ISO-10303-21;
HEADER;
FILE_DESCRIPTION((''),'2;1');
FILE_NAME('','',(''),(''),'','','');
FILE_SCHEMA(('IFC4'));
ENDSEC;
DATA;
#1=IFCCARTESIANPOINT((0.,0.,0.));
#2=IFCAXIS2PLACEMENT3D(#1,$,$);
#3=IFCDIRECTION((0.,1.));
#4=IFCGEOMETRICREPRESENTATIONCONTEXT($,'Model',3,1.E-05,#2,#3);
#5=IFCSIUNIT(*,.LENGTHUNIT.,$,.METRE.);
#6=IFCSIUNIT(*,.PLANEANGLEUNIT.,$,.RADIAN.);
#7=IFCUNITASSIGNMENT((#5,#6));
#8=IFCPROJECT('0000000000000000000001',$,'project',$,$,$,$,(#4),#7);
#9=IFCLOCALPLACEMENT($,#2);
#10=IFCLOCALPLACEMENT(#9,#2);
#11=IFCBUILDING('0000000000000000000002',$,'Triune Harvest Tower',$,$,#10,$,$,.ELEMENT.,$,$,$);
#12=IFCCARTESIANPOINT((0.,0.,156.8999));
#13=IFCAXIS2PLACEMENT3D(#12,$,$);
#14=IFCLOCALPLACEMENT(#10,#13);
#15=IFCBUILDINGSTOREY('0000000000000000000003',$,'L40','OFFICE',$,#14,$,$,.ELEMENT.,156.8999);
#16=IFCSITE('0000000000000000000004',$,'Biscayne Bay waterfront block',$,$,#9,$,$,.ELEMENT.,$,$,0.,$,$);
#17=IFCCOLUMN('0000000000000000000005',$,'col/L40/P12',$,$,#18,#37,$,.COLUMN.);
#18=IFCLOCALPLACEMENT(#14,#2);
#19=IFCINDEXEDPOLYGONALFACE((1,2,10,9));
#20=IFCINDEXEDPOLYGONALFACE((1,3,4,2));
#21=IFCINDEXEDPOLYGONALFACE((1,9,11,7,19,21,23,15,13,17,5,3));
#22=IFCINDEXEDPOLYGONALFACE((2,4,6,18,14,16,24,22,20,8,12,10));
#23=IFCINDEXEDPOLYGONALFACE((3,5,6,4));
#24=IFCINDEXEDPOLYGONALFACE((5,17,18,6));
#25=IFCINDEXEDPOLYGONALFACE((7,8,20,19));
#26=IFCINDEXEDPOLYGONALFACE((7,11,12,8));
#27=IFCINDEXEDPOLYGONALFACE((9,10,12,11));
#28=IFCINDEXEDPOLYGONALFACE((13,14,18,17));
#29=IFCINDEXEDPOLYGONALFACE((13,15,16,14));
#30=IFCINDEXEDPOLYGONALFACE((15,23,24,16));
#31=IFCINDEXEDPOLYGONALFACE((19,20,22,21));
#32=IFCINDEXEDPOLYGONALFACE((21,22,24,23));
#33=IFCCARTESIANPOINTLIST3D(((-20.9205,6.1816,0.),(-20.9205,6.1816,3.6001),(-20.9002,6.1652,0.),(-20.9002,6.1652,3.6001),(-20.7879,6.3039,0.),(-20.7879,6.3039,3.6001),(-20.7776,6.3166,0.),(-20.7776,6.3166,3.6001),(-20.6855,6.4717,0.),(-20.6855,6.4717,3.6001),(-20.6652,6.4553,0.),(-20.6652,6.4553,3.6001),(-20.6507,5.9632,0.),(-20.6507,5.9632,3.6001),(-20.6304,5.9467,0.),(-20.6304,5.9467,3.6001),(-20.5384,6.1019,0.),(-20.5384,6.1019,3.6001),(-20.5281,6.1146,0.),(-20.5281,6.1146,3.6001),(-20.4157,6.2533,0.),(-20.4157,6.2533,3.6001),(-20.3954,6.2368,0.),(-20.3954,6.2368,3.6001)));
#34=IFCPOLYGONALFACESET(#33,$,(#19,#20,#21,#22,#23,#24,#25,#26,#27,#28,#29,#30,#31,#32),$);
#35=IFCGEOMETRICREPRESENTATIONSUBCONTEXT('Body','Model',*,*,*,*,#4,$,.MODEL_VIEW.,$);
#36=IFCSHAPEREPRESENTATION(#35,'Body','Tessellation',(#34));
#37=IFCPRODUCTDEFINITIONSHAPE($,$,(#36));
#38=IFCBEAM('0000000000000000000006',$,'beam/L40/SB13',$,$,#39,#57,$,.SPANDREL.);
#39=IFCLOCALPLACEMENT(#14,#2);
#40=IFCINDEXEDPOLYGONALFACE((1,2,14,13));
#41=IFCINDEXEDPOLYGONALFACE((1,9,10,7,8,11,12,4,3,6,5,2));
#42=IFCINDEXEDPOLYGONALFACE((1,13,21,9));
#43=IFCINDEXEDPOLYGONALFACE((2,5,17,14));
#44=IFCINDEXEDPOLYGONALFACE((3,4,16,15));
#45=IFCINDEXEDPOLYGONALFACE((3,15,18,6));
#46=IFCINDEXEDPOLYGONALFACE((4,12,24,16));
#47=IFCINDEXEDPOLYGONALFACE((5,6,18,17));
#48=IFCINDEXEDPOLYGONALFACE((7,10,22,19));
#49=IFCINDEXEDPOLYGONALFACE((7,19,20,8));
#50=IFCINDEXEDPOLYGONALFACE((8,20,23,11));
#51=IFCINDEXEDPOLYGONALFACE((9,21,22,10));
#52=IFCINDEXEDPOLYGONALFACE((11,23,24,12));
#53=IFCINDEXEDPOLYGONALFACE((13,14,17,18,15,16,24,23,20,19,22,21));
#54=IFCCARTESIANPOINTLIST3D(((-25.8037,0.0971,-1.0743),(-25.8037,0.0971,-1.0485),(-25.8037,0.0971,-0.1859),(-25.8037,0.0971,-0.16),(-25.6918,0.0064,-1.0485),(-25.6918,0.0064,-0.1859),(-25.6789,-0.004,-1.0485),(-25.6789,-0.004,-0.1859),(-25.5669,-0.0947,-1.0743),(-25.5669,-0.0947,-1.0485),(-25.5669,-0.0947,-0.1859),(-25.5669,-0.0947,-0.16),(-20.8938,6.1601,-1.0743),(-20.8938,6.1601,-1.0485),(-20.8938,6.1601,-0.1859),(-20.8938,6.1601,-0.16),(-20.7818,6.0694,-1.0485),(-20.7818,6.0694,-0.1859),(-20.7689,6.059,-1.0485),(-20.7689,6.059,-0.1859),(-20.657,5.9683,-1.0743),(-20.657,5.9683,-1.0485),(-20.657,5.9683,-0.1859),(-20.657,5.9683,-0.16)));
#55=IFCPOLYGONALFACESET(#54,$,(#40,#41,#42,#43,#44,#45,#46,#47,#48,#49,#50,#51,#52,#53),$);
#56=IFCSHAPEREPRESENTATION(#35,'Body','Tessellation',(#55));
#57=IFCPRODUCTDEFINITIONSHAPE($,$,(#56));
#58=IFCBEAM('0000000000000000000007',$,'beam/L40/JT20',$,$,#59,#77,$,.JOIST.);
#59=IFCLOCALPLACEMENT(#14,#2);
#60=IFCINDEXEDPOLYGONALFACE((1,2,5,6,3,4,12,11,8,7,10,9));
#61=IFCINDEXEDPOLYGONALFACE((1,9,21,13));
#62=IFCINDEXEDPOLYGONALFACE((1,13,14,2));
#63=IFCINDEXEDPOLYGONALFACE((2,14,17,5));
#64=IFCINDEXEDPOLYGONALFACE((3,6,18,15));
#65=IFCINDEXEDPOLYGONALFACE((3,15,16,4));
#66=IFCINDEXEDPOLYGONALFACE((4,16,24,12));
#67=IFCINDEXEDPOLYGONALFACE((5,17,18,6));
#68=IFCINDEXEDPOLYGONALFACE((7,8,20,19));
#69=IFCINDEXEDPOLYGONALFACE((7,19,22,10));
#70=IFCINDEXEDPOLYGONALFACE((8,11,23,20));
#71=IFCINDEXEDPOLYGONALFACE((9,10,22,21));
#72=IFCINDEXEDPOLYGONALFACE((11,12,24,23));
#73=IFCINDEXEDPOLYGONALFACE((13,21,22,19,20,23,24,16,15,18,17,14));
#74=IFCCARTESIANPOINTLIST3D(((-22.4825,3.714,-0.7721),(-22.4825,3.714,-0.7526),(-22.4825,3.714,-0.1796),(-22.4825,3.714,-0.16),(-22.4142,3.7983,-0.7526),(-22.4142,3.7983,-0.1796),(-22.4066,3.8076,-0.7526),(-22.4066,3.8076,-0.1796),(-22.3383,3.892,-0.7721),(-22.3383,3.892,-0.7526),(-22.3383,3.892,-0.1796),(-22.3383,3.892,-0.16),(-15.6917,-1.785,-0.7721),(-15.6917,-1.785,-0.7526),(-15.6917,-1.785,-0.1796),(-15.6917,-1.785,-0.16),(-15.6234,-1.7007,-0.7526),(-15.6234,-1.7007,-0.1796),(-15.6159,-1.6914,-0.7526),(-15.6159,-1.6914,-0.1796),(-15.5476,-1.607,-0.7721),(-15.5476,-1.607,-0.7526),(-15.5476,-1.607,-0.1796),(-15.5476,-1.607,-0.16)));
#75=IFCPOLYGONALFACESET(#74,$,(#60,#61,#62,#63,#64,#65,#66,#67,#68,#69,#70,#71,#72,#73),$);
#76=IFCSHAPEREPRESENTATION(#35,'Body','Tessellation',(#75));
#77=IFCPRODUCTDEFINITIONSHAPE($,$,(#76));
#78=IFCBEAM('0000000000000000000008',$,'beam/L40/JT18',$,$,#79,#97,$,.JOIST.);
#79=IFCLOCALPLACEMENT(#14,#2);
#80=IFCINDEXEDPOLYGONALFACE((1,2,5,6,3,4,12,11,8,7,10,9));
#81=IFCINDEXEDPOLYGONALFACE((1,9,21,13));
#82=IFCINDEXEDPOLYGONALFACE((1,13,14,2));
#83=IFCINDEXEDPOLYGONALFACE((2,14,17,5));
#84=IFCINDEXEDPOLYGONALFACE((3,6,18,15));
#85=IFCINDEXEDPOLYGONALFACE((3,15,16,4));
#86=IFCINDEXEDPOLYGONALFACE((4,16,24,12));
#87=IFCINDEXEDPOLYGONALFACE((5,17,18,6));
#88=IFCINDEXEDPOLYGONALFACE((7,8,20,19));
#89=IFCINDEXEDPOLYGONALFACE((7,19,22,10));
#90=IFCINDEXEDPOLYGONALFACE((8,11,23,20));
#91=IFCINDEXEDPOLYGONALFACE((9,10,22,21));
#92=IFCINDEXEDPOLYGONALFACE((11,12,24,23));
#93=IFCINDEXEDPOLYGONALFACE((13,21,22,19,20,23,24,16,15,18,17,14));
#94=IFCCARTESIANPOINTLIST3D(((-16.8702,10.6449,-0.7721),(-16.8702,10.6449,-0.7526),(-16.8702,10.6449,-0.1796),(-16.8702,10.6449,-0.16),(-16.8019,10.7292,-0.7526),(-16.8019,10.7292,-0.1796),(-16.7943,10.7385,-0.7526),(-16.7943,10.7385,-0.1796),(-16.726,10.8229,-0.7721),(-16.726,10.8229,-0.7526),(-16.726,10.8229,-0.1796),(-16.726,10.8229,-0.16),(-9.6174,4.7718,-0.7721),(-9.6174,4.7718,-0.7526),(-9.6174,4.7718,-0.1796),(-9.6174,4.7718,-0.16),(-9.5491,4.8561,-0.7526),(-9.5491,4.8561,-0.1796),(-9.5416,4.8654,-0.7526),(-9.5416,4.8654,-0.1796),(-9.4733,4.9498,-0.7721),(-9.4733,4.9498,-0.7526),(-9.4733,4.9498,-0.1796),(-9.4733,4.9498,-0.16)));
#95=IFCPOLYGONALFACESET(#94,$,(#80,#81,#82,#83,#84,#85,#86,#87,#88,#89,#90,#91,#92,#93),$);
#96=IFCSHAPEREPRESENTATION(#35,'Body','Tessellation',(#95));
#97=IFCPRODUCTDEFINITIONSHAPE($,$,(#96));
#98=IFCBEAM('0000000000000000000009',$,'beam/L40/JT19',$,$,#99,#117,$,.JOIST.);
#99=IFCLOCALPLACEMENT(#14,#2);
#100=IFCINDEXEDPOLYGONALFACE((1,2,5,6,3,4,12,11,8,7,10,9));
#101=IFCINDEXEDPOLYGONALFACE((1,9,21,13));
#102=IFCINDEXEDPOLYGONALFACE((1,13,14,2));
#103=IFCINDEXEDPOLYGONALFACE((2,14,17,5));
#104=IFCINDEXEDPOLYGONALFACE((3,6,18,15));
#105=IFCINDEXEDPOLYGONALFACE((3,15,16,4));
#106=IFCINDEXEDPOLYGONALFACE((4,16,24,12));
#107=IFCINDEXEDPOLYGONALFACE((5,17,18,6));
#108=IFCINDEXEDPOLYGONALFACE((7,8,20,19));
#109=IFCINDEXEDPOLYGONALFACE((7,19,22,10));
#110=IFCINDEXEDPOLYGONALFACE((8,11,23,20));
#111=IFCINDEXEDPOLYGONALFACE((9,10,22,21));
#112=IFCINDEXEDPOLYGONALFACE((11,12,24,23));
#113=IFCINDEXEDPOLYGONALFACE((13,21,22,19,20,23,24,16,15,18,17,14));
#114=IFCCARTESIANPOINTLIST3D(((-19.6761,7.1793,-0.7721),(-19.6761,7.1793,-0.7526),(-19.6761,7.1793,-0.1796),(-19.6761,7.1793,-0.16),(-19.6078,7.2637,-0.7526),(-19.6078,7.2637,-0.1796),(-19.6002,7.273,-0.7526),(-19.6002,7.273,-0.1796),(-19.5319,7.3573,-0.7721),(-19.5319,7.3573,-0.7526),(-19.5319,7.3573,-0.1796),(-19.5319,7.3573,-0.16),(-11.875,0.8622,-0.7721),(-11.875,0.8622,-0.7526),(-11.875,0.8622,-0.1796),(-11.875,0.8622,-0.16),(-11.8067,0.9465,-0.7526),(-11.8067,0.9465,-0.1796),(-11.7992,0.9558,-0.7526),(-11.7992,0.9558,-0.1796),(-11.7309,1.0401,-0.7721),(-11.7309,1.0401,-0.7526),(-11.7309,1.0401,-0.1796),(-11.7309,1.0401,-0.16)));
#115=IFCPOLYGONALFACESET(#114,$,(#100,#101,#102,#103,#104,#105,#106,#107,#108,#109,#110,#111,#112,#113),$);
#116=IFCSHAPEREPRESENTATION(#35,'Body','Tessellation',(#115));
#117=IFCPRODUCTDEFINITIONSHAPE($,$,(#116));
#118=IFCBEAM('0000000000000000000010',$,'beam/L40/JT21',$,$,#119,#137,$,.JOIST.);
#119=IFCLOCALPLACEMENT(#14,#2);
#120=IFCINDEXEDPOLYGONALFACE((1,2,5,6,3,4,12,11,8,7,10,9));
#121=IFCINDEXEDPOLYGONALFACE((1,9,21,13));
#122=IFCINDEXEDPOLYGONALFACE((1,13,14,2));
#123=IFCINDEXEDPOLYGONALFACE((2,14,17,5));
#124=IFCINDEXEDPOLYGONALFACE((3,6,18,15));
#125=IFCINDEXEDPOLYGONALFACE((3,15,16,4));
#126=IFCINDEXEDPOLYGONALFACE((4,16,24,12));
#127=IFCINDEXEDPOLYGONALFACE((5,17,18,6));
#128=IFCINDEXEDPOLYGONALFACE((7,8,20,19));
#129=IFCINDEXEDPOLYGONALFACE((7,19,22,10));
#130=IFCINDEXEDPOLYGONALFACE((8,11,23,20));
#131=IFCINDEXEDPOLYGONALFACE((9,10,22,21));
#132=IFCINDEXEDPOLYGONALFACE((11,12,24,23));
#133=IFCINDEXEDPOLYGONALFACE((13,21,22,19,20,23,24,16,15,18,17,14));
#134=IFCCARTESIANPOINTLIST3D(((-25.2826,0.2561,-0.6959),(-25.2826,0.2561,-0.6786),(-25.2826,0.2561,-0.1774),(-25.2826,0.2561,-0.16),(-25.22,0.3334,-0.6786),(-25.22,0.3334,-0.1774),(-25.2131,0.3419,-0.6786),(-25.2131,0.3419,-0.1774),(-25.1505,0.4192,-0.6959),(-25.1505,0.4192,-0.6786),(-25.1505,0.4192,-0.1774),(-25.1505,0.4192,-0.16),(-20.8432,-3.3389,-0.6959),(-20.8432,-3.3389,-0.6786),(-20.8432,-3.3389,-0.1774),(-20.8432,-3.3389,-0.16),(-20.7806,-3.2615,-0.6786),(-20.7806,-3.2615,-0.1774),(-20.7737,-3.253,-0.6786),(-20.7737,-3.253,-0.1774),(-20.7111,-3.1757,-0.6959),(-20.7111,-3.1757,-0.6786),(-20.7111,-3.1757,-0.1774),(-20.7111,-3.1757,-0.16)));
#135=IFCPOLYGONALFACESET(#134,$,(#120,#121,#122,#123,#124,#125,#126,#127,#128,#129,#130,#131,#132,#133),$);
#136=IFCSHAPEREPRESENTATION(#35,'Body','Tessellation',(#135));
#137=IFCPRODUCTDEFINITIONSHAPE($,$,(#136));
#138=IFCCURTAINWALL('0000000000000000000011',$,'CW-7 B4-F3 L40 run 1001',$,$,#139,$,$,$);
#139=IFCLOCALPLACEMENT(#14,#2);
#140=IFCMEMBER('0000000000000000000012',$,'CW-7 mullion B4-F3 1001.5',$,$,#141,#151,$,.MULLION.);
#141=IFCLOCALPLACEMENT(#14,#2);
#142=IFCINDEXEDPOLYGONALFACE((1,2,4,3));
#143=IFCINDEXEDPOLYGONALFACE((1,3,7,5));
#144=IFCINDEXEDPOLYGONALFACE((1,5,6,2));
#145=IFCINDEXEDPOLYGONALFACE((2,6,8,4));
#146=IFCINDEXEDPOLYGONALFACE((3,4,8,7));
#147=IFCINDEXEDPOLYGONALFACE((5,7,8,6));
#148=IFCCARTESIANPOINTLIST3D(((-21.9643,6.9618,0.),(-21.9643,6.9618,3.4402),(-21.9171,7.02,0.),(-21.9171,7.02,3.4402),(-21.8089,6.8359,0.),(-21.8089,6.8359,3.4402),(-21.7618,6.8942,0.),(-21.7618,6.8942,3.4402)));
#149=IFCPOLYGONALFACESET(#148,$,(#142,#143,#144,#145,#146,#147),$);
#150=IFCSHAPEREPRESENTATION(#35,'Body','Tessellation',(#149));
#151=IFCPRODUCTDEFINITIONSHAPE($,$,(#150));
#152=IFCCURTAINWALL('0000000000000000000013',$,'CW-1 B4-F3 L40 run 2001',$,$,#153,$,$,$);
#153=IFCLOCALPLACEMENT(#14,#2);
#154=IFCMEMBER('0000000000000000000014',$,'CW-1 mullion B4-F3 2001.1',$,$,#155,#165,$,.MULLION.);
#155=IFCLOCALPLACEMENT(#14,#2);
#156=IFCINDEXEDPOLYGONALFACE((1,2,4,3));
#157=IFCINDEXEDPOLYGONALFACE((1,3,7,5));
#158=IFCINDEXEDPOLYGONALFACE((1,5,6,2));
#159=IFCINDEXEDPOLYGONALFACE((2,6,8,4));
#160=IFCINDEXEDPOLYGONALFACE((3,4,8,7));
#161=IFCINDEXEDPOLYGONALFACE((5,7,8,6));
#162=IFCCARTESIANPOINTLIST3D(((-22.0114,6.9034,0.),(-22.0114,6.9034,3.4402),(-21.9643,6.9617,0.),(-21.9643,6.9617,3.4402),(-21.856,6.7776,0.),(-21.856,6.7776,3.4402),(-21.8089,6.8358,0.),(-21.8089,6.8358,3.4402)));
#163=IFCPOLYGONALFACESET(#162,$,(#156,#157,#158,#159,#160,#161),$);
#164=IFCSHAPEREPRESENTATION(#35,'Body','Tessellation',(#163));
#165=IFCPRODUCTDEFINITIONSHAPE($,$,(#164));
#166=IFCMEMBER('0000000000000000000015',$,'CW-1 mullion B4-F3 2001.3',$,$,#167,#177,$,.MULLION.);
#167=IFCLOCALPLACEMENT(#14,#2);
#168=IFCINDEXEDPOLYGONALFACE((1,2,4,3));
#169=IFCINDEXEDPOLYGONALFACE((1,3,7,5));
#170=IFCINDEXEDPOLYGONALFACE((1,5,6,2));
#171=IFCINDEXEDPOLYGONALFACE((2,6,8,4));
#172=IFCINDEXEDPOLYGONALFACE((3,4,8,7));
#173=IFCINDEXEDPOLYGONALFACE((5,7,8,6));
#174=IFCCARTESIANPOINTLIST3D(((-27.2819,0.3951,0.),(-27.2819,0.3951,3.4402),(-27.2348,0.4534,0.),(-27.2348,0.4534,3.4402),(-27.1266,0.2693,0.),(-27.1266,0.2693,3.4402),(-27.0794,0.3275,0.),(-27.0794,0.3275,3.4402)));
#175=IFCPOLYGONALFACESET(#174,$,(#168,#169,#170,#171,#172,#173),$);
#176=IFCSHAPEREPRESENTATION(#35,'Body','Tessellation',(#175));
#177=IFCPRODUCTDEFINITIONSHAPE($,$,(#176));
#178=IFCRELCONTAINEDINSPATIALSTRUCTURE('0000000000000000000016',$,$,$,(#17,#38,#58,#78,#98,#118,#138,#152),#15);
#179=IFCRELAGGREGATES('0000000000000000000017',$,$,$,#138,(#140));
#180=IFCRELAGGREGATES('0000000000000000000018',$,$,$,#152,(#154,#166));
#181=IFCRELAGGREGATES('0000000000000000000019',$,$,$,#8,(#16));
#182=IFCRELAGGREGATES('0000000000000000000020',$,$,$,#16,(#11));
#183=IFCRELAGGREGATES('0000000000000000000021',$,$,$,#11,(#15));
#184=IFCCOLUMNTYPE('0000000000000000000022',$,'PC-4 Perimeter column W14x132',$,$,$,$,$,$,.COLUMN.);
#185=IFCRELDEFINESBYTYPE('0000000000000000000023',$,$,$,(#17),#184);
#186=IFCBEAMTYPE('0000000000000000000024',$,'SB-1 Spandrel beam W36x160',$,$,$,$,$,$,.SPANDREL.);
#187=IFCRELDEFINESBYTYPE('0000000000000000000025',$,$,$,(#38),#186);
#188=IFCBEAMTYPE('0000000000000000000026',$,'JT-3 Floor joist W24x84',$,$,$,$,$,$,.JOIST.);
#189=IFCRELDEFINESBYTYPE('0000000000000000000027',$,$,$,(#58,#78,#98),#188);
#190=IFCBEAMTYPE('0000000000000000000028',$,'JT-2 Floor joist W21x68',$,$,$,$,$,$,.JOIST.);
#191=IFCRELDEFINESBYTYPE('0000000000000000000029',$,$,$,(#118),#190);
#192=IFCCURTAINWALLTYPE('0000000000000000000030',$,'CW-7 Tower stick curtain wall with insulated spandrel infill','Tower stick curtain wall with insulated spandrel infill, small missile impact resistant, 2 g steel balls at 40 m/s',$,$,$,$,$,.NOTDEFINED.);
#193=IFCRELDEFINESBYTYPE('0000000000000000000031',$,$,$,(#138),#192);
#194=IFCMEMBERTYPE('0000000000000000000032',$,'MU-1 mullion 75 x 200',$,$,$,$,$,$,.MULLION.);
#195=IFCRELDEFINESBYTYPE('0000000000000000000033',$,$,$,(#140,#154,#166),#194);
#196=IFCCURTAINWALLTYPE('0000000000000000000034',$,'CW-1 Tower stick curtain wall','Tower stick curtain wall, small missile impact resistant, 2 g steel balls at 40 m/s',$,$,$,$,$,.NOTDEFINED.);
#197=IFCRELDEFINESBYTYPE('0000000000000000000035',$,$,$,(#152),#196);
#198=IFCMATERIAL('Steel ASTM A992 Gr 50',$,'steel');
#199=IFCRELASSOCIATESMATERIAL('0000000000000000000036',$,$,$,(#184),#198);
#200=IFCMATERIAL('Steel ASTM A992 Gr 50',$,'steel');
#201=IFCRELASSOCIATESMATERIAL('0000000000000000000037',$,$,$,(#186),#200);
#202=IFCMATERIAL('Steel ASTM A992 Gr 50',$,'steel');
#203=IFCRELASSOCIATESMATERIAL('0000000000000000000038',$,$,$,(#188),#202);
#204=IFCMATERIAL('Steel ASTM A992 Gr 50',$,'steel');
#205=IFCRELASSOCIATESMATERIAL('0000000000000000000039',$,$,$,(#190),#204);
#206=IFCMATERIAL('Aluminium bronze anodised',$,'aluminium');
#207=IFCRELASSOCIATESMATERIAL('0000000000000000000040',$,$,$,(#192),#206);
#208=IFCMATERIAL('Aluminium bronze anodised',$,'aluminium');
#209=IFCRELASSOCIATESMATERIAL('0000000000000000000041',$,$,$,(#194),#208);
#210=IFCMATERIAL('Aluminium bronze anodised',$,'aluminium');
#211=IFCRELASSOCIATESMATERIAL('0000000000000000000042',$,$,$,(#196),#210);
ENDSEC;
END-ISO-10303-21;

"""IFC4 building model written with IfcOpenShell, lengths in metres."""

from ifc_helpers import new_model, si_unit, direction, frame, origin, origin_2d, place, context, subcontext, project, spatial, rectangle, i_section, extrude, source, transform, mapped, material, material_profile, profile_set, type_object, element, aggregate, save


model = new_model("IFC4")

# Units and contexts
model_context = context("Model", 3, precision=1e-05, world=origin(), true_north=direction((0.0, 1.0)))
body_context = subcontext(model_context, "Body", "Model", "MODEL_VIEW")
ifc_project = project(units=[si_unit("LENGTHUNIT", "METRE"), si_unit("PLANEANGLEUNIT", "RADIAN")], contexts=[model_context])

# Site, building, storey
site_placement = place(None, origin())
site = spatial("IfcSite", under=ifc_project, at=site_placement, Name="Biscayne Bay waterfront block", CompositionType="ELEMENT", RefElevation=0.0)
building_placement = place(site_placement, origin())
building = spatial("IfcBuilding", under=site, at=building_placement, Name="Triune Harvest Tower", CompositionType="ELEMENT")
storey_placement = place(building_placement, frame((0.0, 0.0, 156.8999)))
storey = spatial("IfcBuildingStorey", under=building, at=storey_placement, Name="L40", Description="OFFICE", CompositionType="ELEMENT", Elevation=156.8999)

# Column
ifc_material_1 = material(Name="Steel ASTM A992 Gr 50", Category="steel")
ifc_material_profile_1 = material_profile(ifc_material_1, i_section(OverallWidth=0.3733, OverallDepth=0.3733, WebThickness=0.0164, FlangeThickness=0.0261, at=origin_2d()), Name="W14x132")
ifc_profile_set_1 = profile_set([ifc_material_profile_1], Name="Steel ASTM A992 Gr 50")
column_type = type_object("IfcColumnType", Name="PC-4 Perimeter column W14x132", PredefinedType="COLUMN", material=ifc_profile_set_1)
shared_shape_1 = source(origin(), body_context, "Body", "SweptSolid", [
    extrude(i_section(OverallWidth=0.3733, OverallDepth=0.3733, WebThickness=0.0164, FlangeThickness=0.0261, at=origin_2d()), origin(), (0.0, 0.0, 1.0), 3.6001),
])
column_placement = place(storey_placement, frame((-20.658, 6.2092, 0.0), z_axis=(0.0, 0.0, 1.0), x_axis=(-0.629322, -0.777145, 0.0)))
element("IfcColumn", 1, at=column_placement, inside=storey, type_object=column_type, Name="col/L40/P12", PredefinedType="COLUMN", context=body_context, shape_type="MappedRepresentation", body=[
    mapped(shared_shape_1, transform((0.0, 0.0, 0.0), scale=1.0)),
])

# Beams
ifc_material_2 = material(Name="Steel ASTM A992 Gr 50", Category="steel")
ifc_material_profile_2 = material_profile(ifc_material_2, i_section(OverallWidth=0.3047, OverallDepth=0.9143, WebThickness=0.0166, FlangeThickness=0.0259, at=origin_2d()), Name="W36x160")
ifc_profile_set_2 = profile_set([ifc_material_profile_2], Name="Steel ASTM A992 Gr 50")
beam_type_1 = type_object("IfcBeamType", Name="SB-1 Spandrel beam W36x160", PredefinedType="SPANDREL", material=ifc_profile_set_2)
shared_shape_2 = source(origin(), body_context, "Body", "SweptSolid", [
    extrude(i_section(OverallWidth=0.3047, OverallDepth=0.9143, WebThickness=0.0166, FlangeThickness=0.0259, at=origin_2d()), origin(), (0.0, 0.0, 1.0), 7.8018),
])
beam_1_placement = place(storey_placement, frame((-20.7754, 6.0642, -0.6172), z_axis=(-0.629336, -0.777133, 0.0), x_axis=(0.777133, -0.629336, 0.0)))
element("IfcBeam", 2, at=beam_1_placement, inside=storey, type_object=beam_type_1, Name="beam/L40/SB13", PredefinedType="SPANDREL", context=body_context, shape_type="MappedRepresentation", body=[
    mapped(shared_shape_2, transform((0.0, 0.0, 0.0), scale=1.0)),
])
ifc_material_3 = material(Name="Steel ASTM A992 Gr 50", Category="steel")
ifc_material_profile_3 = material_profile(ifc_material_3, i_section(OverallWidth=0.229, OverallDepth=0.6121, WebThickness=0.012, FlangeThickness=0.0195, at=origin_2d()), Name="W24x84")
ifc_profile_set_3 = profile_set([ifc_material_profile_3], Name="Steel ASTM A992 Gr 50")
beam_type_2 = type_object("IfcBeamType", Name="JT-3 Floor joist W24x84", PredefinedType="JOIST", material=ifc_profile_set_3)
shared_shape_3 = source(origin(), body_context, "Body", "SweptSolid", [
    extrude(i_section(OverallWidth=0.229, OverallDepth=0.6121, WebThickness=0.012, FlangeThickness=0.0195, at=origin_2d()), origin(), (0.0, 0.0, 1.0), 8.738),
])
beam_2_placement = place(storey_placement, frame((-22.4104, 3.803, -0.4661), z_axis=(0.777148, -0.629318, 0.0), x_axis=(0.629318, 0.777148, 0.0)))
element("IfcBeam", 3, at=beam_2_placement, inside=storey, type_object=beam_type_2, Name="beam/L40/JT20", PredefinedType="JOIST", context=body_context, shape_type="MappedRepresentation", body=[
    mapped(shared_shape_3, transform((0.0, 0.0, 0.0), scale=1.0)),
])
shared_shape_4 = source(origin(), body_context, "Body", "SweptSolid", [
    extrude(i_section(OverallWidth=0.229, OverallDepth=0.6121, WebThickness=0.012, FlangeThickness=0.0195, at=origin_2d()), origin(), (0.0, 0.0, 1.0), 9.3325),
])
beam_3_placement = place(storey_placement, frame((-16.7981, 10.7339, -0.4661), z_axis=(0.777149, -0.629316, 0.0), x_axis=(0.629316, 0.777149, 0.0)))
element("IfcBeam", 4, at=beam_3_placement, inside=storey, type_object=beam_type_2, Name="beam/L40/JT18", PredefinedType="JOIST", context=body_context, shape_type="MappedRepresentation", body=[
    mapped(shared_shape_4, transform((0.0, 0.0, 0.0), scale=1.0)),
])
shared_shape_5 = source(origin(), body_context, "Body", "SweptSolid", [
    extrude(i_section(OverallWidth=0.229, OverallDepth=0.6121, WebThickness=0.012, FlangeThickness=0.0195, at=origin_2d()), origin(), (0.0, 0.0, 1.0), 10.0381),
])
beam_4_placement = place(storey_placement, frame((-19.604, 7.2683, -0.4661), z_axis=(0.777146, -0.62932, 0.0), x_axis=(0.62932, 0.777146, 0.0)))
element("IfcBeam", 5, at=beam_4_placement, inside=storey, type_object=beam_type_2, Name="beam/L40/JT19", PredefinedType="JOIST", context=body_context, shape_type="MappedRepresentation", body=[
    mapped(shared_shape_5, transform((0.0, 0.0, 0.0), scale=1.0)),
])
ifc_material_4 = material(Name="Steel ASTM A992 Gr 50", Category="steel")
ifc_material_profile_4 = material_profile(ifc_material_4, i_section(OverallWidth=0.21, OverallDepth=0.5359, WebThickness=0.011, FlangeThickness=0.0173, at=origin_2d()), Name="W21x68")
ifc_profile_set_4 = profile_set([ifc_material_profile_4], Name="Steel ASTM A992 Gr 50")
beam_type_3 = type_object("IfcBeamType", Name="JT-2 Floor joist W21x68", PredefinedType="JOIST", material=ifc_profile_set_4)
shared_shape_6 = source(origin(), body_context, "Body", "SweptSolid", [
    extrude(i_section(OverallWidth=0.21, OverallDepth=0.5359, WebThickness=0.011, FlangeThickness=0.0173, at=origin_2d()), origin(), (0.0, 0.0, 1.0), 5.7124),
])
beam_5_placement = place(storey_placement, frame((-25.2166, 0.3376, -0.428), z_axis=(0.777148, -0.629317, 0.0), x_axis=(0.629317, 0.777148, 0.0)))
element("IfcBeam", 6, at=beam_5_placement, inside=storey, type_object=beam_type_3, Name="beam/L40/JT21", PredefinedType="JOIST", context=body_context, shape_type="MappedRepresentation", body=[
    mapped(shared_shape_6, transform((0.0, 0.0, 0.0), scale=1.0)),
])

# Curtain wall, member
ifc_material_5 = material(Name="Aluminium bronze anodised", Category="aluminium")
curtain_wall_type_1 = type_object("IfcCurtainWallType", Name="CW-7 Tower stick curtain wall with insulated spandrel infill", Description="Tower stick curtain wall with insulated spandrel infill, small missile impact resistant, 2 g steel balls at 40 m/s", PredefinedType="NOTDEFINED", material=ifc_material_5)
curtain_wall_1_placement = place(storey_placement, origin())
curtain_wall_1 = element("IfcCurtainWall", 7, at=curtain_wall_1_placement, inside=storey, type_object=curtain_wall_type_1, Name="CW-7 B4-F3 L40 run 1001")
ifc_material_6 = material(Name="Aluminium bronze anodised", Category="aluminium")
ifc_material_profile_5 = material_profile(ifc_material_6, rectangle(XDim=0.2, YDim=0.075, at=origin_2d()), Name="MU-1 mullion 75 x 200")
ifc_profile_set_5 = profile_set([ifc_material_profile_5], Name="Aluminium bronze anodised")
member_type_1 = type_object("IfcMemberType", Name="MU-1 mullion 75 x 200", PredefinedType="MULLION", material=ifc_profile_set_5)
shared_shape_7 = source(origin(), body_context, "Body", "SweptSolid", [
    extrude(rectangle(XDim=0.2, YDim=0.075, at=origin_2d()), origin(), (0.0, 0.0, 1.0), 3.4402),
])
member_1_placement = place(storey_placement, frame((-21.863, 6.928, 0.0), z_axis=(0.0, 0.0, 1.0), x_axis=(0.777149, -0.629317, 0.0)))
member_1 = element("IfcMember", 8, at=member_1_placement, type_object=member_type_1, Name="CW-7 mullion B4-F3 1001.5", PredefinedType="MULLION", context=body_context, shape_type="MappedRepresentation", body=[
    mapped(shared_shape_7, transform((0.0, 0.0, 0.0), scale=1.0)),
])

# Curtain wall, members
ifc_material_7 = material(Name="Aluminium bronze anodised", Category="aluminium")
curtain_wall_type_2 = type_object("IfcCurtainWallType", Name="CW-1 Tower stick curtain wall", Description="Tower stick curtain wall, small missile impact resistant, 2 g steel balls at 40 m/s", PredefinedType="NOTDEFINED", material=ifc_material_7)
curtain_wall_2_placement = place(storey_placement, origin())
curtain_wall_2 = element("IfcCurtainWall", 9, at=curtain_wall_2_placement, inside=storey, type_object=curtain_wall_type_2, Name="CW-1 B4-F3 L40 run 2001")
member_2_placement = place(storey_placement, frame((-21.9102, 6.8696, 0.0), z_axis=(0.0, 0.0, 1.0), x_axis=(0.777143, -0.629324, 0.0)))
member_2 = element("IfcMember", 10, at=member_2_placement, type_object=member_type_1, Name="CW-1 mullion B4-F3 2001.1", PredefinedType="MULLION", context=body_context, shape_type="MappedRepresentation", body=[
    mapped(shared_shape_7, transform((0.0, 0.0, 0.0), scale=1.0)),
])
member_3_placement = place(storey_placement, frame((-27.1807, 0.3613, 0.0), z_axis=(0.0, 0.0, 1.0), x_axis=(0.777143, -0.629324, 0.0)))
member_3 = element("IfcMember", 11, at=member_3_placement, type_object=member_type_1, Name="CW-1 mullion B4-F3 2001.3", PredefinedType="MULLION", context=body_context, shape_type="MappedRepresentation", body=[
    mapped(shared_shape_7, transform((0.0, 0.0, 0.0), scale=1.0)),
])

aggregate(curtain_wall_1, [member_1])
aggregate(curtain_wall_2, [member_2, member_3])

save(model, "model.ifc")
